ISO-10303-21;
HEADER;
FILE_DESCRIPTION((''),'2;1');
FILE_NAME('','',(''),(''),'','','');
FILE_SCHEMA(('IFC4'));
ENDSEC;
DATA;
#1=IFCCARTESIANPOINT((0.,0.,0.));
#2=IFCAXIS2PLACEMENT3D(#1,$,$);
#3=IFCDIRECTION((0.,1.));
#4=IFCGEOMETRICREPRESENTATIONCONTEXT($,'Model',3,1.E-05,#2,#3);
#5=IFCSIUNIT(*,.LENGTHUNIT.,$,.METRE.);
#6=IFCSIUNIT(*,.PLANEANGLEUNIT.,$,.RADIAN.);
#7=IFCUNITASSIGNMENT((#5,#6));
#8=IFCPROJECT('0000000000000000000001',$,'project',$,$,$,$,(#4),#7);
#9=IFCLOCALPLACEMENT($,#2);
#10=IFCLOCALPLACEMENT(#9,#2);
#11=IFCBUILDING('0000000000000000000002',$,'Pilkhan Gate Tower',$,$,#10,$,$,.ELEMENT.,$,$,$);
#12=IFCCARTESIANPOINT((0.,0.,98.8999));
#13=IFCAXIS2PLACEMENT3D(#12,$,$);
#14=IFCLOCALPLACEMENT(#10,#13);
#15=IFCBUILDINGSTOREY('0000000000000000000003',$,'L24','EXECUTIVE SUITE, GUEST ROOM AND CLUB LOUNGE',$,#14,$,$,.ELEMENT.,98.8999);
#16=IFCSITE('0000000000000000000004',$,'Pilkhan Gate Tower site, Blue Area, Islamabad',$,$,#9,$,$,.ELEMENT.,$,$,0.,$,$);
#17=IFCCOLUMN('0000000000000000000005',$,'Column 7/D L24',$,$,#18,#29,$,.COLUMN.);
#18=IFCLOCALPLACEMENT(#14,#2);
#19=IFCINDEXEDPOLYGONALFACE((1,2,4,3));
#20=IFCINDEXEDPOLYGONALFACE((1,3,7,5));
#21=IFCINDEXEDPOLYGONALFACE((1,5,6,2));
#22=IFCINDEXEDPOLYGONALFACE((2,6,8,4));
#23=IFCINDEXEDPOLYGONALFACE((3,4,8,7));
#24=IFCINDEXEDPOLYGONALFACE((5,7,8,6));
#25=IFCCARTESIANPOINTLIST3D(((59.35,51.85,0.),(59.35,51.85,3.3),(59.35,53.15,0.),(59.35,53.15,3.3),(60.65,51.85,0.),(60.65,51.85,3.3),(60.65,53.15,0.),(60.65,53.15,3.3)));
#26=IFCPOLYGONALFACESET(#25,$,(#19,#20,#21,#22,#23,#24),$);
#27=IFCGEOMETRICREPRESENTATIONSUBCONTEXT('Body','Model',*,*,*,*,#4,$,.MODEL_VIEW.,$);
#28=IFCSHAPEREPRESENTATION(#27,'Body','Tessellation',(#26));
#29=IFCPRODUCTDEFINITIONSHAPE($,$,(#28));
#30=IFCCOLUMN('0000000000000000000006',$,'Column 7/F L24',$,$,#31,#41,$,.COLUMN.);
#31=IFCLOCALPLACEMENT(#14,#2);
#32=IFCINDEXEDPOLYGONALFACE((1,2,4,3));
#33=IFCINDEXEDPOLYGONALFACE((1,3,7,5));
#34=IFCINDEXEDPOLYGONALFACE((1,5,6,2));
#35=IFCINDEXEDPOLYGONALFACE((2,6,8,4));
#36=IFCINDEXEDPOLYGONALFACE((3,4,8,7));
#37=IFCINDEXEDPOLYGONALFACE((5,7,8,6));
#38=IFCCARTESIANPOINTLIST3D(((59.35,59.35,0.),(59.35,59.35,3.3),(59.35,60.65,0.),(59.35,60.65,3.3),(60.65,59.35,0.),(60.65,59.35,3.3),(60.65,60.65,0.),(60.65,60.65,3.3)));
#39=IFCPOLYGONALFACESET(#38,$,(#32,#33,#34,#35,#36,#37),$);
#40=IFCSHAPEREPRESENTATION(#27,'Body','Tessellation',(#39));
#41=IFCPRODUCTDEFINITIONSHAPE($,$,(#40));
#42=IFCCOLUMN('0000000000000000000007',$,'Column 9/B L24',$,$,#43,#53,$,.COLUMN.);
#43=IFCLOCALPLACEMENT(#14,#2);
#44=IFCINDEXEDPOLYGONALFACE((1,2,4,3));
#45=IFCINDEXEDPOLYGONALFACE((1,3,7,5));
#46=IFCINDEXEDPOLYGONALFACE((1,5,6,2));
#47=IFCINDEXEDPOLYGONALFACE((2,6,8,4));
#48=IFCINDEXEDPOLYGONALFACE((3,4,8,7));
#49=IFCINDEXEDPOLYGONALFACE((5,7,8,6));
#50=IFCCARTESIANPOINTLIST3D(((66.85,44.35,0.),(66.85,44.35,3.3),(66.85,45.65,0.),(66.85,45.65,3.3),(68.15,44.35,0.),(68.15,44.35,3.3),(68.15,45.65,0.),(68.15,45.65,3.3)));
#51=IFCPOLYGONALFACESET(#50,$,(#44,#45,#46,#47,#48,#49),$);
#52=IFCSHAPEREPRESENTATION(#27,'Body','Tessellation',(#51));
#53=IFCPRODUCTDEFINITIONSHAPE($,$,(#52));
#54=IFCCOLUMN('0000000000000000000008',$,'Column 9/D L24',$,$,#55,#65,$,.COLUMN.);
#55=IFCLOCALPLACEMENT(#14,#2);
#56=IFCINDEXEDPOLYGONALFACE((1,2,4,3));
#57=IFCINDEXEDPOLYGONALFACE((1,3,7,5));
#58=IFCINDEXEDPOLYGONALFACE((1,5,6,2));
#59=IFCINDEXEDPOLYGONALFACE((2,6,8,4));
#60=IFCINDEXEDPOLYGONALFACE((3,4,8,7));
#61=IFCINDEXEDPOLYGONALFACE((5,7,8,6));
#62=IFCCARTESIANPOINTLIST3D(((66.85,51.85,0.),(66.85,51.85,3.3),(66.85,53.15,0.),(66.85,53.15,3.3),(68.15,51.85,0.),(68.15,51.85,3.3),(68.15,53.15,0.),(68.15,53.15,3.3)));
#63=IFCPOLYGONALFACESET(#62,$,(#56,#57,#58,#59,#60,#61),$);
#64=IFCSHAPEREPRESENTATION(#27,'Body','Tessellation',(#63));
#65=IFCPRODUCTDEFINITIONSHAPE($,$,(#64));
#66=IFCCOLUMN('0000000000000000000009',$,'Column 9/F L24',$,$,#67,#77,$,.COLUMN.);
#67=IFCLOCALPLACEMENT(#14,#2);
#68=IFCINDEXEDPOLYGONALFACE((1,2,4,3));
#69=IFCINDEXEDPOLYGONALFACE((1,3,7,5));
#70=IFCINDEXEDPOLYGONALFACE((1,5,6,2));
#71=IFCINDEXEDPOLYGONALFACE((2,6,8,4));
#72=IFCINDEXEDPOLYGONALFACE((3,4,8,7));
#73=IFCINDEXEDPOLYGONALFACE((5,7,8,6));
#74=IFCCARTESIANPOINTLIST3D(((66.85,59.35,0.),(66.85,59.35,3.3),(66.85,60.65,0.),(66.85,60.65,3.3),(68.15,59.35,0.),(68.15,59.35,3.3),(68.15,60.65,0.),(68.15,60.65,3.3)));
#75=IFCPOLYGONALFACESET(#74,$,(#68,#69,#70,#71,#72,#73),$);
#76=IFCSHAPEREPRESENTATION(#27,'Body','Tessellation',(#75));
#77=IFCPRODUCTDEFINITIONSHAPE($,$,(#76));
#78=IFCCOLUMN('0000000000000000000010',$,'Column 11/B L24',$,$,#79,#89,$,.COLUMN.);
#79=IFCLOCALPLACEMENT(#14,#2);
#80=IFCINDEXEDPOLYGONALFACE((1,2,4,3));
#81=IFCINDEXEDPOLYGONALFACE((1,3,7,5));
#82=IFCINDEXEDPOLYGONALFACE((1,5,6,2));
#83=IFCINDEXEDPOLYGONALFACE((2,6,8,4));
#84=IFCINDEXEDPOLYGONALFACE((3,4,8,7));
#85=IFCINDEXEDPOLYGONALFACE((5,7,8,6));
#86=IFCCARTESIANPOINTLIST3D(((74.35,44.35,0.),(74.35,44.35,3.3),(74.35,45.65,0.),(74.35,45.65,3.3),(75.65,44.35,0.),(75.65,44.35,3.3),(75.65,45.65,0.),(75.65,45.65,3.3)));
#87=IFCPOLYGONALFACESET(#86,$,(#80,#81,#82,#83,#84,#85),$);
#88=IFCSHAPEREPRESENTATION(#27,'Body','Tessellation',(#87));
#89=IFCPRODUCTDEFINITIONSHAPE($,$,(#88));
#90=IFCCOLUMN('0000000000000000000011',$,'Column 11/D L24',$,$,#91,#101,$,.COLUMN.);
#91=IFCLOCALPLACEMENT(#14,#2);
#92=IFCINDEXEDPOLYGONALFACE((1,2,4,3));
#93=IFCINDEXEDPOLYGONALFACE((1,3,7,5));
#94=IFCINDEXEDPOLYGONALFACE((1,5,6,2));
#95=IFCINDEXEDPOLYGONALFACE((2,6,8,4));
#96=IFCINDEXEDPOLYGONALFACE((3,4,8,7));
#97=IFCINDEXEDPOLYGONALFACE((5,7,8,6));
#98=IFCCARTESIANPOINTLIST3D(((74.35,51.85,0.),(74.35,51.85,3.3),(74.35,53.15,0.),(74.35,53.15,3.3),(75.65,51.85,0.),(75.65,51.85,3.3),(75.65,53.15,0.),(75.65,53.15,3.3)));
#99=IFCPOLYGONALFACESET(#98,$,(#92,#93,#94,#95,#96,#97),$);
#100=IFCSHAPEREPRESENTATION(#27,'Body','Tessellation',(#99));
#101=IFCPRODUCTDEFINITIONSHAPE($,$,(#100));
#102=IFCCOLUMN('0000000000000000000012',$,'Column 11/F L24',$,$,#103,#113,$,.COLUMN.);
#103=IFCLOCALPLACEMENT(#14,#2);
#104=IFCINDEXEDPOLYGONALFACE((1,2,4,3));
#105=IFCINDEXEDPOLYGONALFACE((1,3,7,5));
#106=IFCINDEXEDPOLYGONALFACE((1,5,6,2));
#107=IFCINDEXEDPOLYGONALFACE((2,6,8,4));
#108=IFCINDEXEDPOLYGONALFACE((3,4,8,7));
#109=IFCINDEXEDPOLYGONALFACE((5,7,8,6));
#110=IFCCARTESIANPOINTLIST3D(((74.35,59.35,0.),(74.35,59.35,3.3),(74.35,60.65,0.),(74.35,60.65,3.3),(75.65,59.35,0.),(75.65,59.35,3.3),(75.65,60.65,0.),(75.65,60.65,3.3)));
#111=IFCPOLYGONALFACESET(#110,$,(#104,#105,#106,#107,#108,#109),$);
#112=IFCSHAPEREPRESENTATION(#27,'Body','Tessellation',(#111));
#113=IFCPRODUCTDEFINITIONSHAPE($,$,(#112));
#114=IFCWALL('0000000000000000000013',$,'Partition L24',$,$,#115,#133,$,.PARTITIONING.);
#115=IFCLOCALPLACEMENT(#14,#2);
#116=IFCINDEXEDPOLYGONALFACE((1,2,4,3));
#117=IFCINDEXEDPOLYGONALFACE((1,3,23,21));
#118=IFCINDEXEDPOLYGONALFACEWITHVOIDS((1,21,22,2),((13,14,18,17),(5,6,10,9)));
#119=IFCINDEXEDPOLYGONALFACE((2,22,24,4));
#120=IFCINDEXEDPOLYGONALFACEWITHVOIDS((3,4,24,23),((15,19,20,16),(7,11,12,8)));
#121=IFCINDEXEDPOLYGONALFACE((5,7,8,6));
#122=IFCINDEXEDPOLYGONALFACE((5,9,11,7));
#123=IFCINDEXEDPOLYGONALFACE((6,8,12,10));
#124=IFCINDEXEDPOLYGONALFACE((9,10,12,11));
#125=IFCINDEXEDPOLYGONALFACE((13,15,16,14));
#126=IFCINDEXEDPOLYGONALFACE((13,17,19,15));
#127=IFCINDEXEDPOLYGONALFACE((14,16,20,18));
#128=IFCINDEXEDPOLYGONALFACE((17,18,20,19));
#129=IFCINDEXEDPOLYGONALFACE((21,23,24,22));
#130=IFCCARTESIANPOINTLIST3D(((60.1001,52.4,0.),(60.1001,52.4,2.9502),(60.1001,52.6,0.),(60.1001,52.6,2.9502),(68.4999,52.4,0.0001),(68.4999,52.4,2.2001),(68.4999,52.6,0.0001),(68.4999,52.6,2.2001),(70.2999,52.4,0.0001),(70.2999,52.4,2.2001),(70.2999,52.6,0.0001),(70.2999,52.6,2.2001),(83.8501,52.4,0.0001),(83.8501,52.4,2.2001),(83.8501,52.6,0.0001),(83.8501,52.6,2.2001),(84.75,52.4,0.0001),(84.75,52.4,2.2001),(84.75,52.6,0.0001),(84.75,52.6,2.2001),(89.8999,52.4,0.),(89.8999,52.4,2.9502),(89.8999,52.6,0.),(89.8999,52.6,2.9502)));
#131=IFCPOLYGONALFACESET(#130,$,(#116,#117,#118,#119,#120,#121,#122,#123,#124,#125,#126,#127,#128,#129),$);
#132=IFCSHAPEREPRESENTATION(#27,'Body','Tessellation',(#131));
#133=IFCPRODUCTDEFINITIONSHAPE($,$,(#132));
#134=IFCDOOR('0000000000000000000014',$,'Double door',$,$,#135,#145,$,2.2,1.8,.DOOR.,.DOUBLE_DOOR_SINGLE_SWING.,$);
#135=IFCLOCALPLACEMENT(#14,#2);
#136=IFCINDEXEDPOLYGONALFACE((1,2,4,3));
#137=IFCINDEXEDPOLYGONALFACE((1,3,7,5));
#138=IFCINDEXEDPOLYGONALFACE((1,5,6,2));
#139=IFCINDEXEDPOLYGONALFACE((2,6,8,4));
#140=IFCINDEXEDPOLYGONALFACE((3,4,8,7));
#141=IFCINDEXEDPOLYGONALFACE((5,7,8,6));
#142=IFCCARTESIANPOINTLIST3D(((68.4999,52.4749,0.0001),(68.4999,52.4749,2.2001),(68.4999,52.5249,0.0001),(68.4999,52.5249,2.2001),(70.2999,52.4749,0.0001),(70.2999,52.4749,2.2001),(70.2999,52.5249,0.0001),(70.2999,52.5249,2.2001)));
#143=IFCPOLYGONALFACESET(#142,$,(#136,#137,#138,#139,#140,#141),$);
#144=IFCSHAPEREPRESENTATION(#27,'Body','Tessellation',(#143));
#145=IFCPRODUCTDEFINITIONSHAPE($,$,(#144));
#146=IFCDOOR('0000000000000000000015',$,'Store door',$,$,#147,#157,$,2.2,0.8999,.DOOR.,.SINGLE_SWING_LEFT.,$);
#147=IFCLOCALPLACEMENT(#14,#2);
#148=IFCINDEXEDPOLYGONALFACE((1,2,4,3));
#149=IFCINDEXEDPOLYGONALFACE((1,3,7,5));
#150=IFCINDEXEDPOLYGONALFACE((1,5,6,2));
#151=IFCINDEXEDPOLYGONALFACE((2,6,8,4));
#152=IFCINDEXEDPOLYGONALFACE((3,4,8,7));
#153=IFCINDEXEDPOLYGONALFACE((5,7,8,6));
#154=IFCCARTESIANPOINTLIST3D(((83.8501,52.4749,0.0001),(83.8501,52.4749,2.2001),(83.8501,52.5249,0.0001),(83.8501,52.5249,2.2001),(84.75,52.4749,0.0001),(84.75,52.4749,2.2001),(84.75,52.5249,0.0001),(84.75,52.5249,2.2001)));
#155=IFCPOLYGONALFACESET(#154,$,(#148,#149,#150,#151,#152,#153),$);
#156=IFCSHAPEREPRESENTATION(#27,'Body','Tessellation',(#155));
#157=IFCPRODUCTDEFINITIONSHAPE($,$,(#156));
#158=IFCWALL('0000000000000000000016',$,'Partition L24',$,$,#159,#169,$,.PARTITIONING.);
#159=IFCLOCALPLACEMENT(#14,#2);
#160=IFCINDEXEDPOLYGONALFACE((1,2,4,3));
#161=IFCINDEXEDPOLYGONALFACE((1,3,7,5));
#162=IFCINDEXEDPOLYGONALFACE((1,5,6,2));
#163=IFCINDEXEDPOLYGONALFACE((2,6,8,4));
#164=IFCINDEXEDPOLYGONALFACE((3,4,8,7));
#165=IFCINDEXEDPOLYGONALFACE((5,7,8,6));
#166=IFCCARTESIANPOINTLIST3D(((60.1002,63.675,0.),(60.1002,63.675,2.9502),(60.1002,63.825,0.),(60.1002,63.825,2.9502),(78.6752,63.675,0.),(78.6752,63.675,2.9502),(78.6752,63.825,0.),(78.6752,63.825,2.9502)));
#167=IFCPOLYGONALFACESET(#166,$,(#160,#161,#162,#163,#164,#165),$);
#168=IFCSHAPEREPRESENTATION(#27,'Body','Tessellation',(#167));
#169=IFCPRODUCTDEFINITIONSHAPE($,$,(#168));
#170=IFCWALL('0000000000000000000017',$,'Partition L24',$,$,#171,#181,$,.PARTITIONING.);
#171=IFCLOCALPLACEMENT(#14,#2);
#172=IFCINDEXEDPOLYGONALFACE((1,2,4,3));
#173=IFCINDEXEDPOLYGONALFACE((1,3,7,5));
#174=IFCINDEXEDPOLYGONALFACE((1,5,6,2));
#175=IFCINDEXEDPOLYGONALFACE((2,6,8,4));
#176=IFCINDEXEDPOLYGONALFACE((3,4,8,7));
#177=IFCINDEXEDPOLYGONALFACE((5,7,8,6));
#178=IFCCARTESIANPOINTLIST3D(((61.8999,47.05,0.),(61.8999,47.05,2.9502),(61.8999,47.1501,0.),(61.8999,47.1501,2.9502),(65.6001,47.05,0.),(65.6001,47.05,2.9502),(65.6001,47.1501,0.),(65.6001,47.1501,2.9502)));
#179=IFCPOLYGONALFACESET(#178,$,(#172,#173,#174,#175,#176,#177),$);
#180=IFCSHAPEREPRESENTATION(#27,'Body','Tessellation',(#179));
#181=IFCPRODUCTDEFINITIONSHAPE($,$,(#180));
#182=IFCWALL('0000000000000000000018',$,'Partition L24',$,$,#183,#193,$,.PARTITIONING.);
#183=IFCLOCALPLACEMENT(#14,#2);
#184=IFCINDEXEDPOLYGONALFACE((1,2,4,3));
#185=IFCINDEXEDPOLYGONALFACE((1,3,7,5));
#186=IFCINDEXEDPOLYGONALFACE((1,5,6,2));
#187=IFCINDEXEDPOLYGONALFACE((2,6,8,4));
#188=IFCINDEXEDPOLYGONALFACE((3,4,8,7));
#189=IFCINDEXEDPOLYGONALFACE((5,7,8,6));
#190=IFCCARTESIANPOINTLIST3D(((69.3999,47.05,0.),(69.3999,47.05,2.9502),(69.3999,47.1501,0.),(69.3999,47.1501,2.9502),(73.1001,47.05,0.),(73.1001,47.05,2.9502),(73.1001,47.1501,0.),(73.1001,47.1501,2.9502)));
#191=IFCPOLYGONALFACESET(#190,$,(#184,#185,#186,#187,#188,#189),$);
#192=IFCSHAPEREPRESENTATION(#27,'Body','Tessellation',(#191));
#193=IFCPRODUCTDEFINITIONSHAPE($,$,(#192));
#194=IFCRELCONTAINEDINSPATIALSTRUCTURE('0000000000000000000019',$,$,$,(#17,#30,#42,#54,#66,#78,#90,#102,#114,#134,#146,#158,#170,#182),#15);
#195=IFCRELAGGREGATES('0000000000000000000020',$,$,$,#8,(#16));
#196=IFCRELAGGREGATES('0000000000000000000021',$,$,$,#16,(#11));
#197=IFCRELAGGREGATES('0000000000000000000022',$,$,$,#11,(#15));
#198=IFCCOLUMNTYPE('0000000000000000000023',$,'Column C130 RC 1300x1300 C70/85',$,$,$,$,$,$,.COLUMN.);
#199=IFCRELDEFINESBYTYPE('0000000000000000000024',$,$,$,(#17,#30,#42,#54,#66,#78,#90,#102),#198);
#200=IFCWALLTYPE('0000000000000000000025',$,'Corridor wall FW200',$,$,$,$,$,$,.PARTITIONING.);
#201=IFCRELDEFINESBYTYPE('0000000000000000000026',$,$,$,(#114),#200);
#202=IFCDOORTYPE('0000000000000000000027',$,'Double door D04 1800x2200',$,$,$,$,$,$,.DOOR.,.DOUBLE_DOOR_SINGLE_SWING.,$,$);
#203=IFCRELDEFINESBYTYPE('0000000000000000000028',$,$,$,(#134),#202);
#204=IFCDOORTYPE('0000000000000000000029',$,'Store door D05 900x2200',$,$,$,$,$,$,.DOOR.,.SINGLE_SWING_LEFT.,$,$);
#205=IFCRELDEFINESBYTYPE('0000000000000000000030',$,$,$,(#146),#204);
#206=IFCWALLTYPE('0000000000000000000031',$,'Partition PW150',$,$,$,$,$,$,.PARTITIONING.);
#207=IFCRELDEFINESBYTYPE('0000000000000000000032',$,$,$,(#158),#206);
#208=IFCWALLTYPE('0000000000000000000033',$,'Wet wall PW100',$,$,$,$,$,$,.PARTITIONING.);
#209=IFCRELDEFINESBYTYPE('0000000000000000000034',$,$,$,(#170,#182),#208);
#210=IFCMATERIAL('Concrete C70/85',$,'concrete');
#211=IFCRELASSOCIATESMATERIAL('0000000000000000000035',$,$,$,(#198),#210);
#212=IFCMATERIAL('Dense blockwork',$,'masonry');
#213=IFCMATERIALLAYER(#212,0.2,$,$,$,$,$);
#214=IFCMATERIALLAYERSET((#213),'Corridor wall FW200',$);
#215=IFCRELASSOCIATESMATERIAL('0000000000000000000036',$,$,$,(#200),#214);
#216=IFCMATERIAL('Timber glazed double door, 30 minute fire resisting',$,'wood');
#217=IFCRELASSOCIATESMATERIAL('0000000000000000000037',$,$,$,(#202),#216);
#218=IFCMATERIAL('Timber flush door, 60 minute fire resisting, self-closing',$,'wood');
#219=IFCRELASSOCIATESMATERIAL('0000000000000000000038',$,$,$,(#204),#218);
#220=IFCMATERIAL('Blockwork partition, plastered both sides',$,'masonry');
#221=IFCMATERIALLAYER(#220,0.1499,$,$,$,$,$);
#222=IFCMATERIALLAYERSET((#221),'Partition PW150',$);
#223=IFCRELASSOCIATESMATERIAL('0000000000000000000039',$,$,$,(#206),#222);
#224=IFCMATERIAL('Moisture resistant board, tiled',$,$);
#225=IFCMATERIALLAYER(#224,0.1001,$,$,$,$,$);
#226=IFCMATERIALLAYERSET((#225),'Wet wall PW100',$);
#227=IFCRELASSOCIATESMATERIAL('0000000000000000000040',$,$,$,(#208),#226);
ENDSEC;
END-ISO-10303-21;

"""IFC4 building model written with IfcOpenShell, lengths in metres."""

from ifc_helpers import new_model, si_unit, direction, frame, frame_2d, origin, origin_2d, place, context, subcontext, project, spatial, rectangle, extrude, material, layer, layer_set, material_profile, profile_set, type_object, element, fill, save


model = new_model("IFC4")

# Units and contexts
model_context = context("Model", 3, precision=1e-05, world=origin(), true_north=direction((0.0, 1.0)))
body_context = subcontext(model_context, "Body", "Model", "MODEL_VIEW")
ifc_project = project(units=[si_unit("LENGTHUNIT", "METRE"), si_unit("PLANEANGLEUNIT", "RADIAN")], contexts=[model_context])

# Site, building, storey
site_placement = place(None, origin())
site = spatial("IfcSite", under=ifc_project, at=site_placement, Name="Pilkhan Gate Tower site, Blue Area, Islamabad", CompositionType="ELEMENT", RefElevation=0.0)
building_placement = place(site_placement, origin())
building = spatial("IfcBuilding", under=site, at=building_placement, Name="Pilkhan Gate Tower", CompositionType="ELEMENT")
storey_placement = place(building_placement, frame((0.0, 0.0, 98.8999)))
storey = spatial("IfcBuildingStorey", under=building, at=storey_placement, Name="L24", Description="EXECUTIVE SUITE, GUEST ROOM AND CLUB LOUNGE", CompositionType="ELEMENT", Elevation=98.8999)

# Columns
ifc_material_1 = material(Name="Concrete C70/85", Category="concrete")
ifc_material_profile = material_profile(ifc_material_1, rectangle(XDim=1.3, YDim=1.3, at=origin_2d()), Name="RC 1300x1300")
ifc_profile_set = profile_set([ifc_material_profile], Name="Concrete C70/85")
column_type = type_object("IfcColumnType", Name="Column C130 RC 1300x1300 C70/85", PredefinedType="COLUMN", material=ifc_profile_set)
for number, where, z_axis, x_axis, name in (
    (1, (60.0, 52.5, 0.0), (0.0, 0.0, 1.0), (1.0, 0.0, 0.0), "Column 7/D L24"),
    (2, (60.0, 60.0, 0.0), (0.0, 0.0, 1.0), (1.0, 0.0, 0.0), "Column 7/F L24"),
    (3, (67.5, 45.0, 0.0), (0.0, 0.0, 1.0), (1.0, 0.0, 0.0), "Column 9/B L24"),
    (4, (67.5, 52.5, 0.0), (0.0, 0.0, 1.0), (1.0, 0.0, 0.0), "Column 9/D L24"),
    (5, (67.5, 60.0, 0.0), (0.0, 0.0, 1.0), (1.0, 0.0, 0.0), "Column 9/F L24"),
    (6, (75.0, 45.0, 0.0), (0.0, 0.0, 1.0), (1.0, 0.0, 0.0), "Column 11/B L24"),
    (7, (75.0, 52.5, 0.0), (0.0, 0.0, 1.0), (1.0, 0.0, 0.0), "Column 11/D L24"),
    (8, (75.0, 60.0, 0.0), (0.0, 0.0, 1.0), (1.0, 0.0, 0.0), "Column 11/F L24"),
):
    element("IfcColumn", number, at=place(storey_placement, frame(where, z_axis=z_axis, x_axis=x_axis)), inside=storey, type_object=column_type, Name=name, PredefinedType="COLUMN", context=body_context, shape_type="SweptSolid", body=[
        extrude(rectangle(XDim=1.3, YDim=1.3, at=origin_2d()), origin(), (0.0, 0.0, 1.0), 3.3),
    ])

# Wall, openings, doors
ifc_material_2 = material(Name="Dense blockwork", Category="masonry")
ifc_layer_1 = layer(ifc_material_2, 0.2)
ifc_layer_set_1 = layer_set([ifc_layer_1], Name="Corridor wall FW200")
wall_type_1 = type_object("IfcWallType", Name="Corridor wall FW200", PredefinedType="PARTITIONING", material=ifc_layer_set_1)
wall_1_placement = place(storey_placement, frame((60.1001, 52.5, 0.0), z_axis=(0.0, 0.0, 1.0), x_axis=(1.0, 0.0, 0.0)))
wall_1 = element("IfcWall", 9, at=wall_1_placement, inside=storey, type_object=wall_type_1, Name="Partition L24", PredefinedType="PARTITIONING", context=body_context, shape_type="SweptSolid", body=[
    extrude(rectangle(XDim=29.7998, YDim=0.2, at=frame_2d((14.8999, 0.0))), origin(), (0.0, 0.0, 1.0), 2.9502),
])
opening_1_placement = place(wall_1_placement, frame((8.3999, 0.0, 0.0)))
opening_1 = element("IfcOpeningElement", 10, at=opening_1_placement, cuts=wall_1, PredefinedType="OPENING", context=body_context, shape_type="SweptSolid", body=[
    extrude(rectangle(XDim=1.8, YDim=2.2, at=frame_2d((0.8999, 1.1001))), frame((0.0, 0.1099, 0.0), z_axis=(0.0, -1.0, 0.0), x_axis=(1.0, 0.0, 0.0)), (0.0, 0.0, 1.0), 0.22),
])
opening_2_placement = place(wall_1_placement, frame((23.75, 0.0, 0.0)))
opening_2 = element("IfcOpeningElement", 11, at=opening_2_placement, cuts=wall_1, PredefinedType="OPENING", context=body_context, shape_type="SweptSolid", body=[
    extrude(rectangle(XDim=0.8999, YDim=2.2, at=frame_2d((0.45, 1.1001))), frame((0.0, 0.1099, 0.0), z_axis=(0.0, -1.0, 0.0), x_axis=(1.0, 0.0, 0.0)), (0.0, 0.0, 1.0), 0.22),
])
ifc_material_3 = material(Name="Timber glazed double door, 30 minute fire resisting", Category="wood")
door_type_1 = type_object("IfcDoorType", Name="Double door D04 1800x2200", OperationType="DOUBLE_DOOR_SINGLE_SWING", PredefinedType="DOOR", material=ifc_material_3)
door_1_placement = place(opening_1_placement, origin())
door_1 = element("IfcDoor", 12, at=door_1_placement, inside=storey, type_object=door_type_1, Name="Double door", OperationType="DOUBLE_DOOR_SINGLE_SWING", OverallHeight=2.2, OverallWidth=1.8, PredefinedType="DOOR", context=body_context, shape_type="SweptSolid", body=[
    extrude(rectangle(XDim=1.8, YDim=2.2, at=frame_2d((0.8999, 1.1001))), frame((0.0, 0.0249, 0.0), z_axis=(0.0, -1.0, 0.0), x_axis=(1.0, 0.0, 0.0)), (0.0, 0.0, 1.0), 0.05),
])
fill(opening_1, door_1)
ifc_material_4 = material(Name="Timber flush door, 60 minute fire resisting, self-closing", Category="wood")
door_type_2 = type_object("IfcDoorType", Name="Store door D05 900x2200", OperationType="SINGLE_SWING_LEFT", PredefinedType="DOOR", material=ifc_material_4)
door_2_placement = place(opening_2_placement, origin())
door_2 = element("IfcDoor", 13, at=door_2_placement, inside=storey, type_object=door_type_2, Name="Store door", OperationType="SINGLE_SWING_LEFT", OverallHeight=2.2, OverallWidth=0.8999, PredefinedType="DOOR", context=body_context, shape_type="SweptSolid", body=[
    extrude(rectangle(XDim=0.8999, YDim=2.2, at=frame_2d((0.45, 1.1001))), frame((0.0, 0.0249, 0.0), z_axis=(0.0, -1.0, 0.0), x_axis=(1.0, 0.0, 0.0)), (0.0, 0.0, 1.0), 0.05),
])
fill(opening_2, door_2)

# Walls
ifc_material_5 = material(Name="Blockwork partition, plastered both sides", Category="masonry")
ifc_layer_2 = layer(ifc_material_5, 0.1499)
ifc_layer_set_2 = layer_set([ifc_layer_2], Name="Partition PW150")
wall_type_2 = type_object("IfcWallType", Name="Partition PW150", PredefinedType="PARTITIONING", material=ifc_layer_set_2)
wall_2_placement = place(storey_placement, frame((60.1001, 63.75, 0.0), z_axis=(0.0, 0.0, 1.0), x_axis=(1.0, 0.0, 0.0)))
element("IfcWall", 14, at=wall_2_placement, inside=storey, type_object=wall_type_2, Name="Partition L24", PredefinedType="PARTITIONING", context=body_context, shape_type="SweptSolid", body=[
    extrude(rectangle(XDim=18.575, YDim=0.1499, at=frame_2d((9.2876, 0.0))), origin(), (0.0, 0.0, 1.0), 2.9502),
])
ifc_material_6 = material(Name="Moisture resistant board, tiled")
ifc_layer_3 = layer(ifc_material_6, 0.1001)
ifc_layer_set_3 = layer_set([ifc_layer_3], Name="Wet wall PW100")
wall_type_3 = type_object("IfcWallType", Name="Wet wall PW100", PredefinedType="PARTITIONING", material=ifc_layer_set_3)
for number, where, z_axis, x_axis, name in (
    (15, (61.8999, 47.1001, 0.0), (0.0, 0.0, 1.0), (1.0, 0.0, 0.0), "Partition L24"),
    (16, (69.3999, 47.1001, 0.0), (0.0, 0.0, 1.0), (1.0, 0.0, 0.0), "Partition L24"),
):
    element("IfcWall", number, at=place(storey_placement, frame(where, z_axis=z_axis, x_axis=x_axis)), inside=storey, type_object=wall_type_3, Name=name, PredefinedType="PARTITIONING", context=body_context, shape_type="SweptSolid", body=[
        extrude(rectangle(XDim=3.7002, YDim=0.1001, at=frame_2d((1.8501, 0.0))), origin(), (0.0, 0.0, 1.0), 2.9502),
    ])

save(model, "model.ifc")
